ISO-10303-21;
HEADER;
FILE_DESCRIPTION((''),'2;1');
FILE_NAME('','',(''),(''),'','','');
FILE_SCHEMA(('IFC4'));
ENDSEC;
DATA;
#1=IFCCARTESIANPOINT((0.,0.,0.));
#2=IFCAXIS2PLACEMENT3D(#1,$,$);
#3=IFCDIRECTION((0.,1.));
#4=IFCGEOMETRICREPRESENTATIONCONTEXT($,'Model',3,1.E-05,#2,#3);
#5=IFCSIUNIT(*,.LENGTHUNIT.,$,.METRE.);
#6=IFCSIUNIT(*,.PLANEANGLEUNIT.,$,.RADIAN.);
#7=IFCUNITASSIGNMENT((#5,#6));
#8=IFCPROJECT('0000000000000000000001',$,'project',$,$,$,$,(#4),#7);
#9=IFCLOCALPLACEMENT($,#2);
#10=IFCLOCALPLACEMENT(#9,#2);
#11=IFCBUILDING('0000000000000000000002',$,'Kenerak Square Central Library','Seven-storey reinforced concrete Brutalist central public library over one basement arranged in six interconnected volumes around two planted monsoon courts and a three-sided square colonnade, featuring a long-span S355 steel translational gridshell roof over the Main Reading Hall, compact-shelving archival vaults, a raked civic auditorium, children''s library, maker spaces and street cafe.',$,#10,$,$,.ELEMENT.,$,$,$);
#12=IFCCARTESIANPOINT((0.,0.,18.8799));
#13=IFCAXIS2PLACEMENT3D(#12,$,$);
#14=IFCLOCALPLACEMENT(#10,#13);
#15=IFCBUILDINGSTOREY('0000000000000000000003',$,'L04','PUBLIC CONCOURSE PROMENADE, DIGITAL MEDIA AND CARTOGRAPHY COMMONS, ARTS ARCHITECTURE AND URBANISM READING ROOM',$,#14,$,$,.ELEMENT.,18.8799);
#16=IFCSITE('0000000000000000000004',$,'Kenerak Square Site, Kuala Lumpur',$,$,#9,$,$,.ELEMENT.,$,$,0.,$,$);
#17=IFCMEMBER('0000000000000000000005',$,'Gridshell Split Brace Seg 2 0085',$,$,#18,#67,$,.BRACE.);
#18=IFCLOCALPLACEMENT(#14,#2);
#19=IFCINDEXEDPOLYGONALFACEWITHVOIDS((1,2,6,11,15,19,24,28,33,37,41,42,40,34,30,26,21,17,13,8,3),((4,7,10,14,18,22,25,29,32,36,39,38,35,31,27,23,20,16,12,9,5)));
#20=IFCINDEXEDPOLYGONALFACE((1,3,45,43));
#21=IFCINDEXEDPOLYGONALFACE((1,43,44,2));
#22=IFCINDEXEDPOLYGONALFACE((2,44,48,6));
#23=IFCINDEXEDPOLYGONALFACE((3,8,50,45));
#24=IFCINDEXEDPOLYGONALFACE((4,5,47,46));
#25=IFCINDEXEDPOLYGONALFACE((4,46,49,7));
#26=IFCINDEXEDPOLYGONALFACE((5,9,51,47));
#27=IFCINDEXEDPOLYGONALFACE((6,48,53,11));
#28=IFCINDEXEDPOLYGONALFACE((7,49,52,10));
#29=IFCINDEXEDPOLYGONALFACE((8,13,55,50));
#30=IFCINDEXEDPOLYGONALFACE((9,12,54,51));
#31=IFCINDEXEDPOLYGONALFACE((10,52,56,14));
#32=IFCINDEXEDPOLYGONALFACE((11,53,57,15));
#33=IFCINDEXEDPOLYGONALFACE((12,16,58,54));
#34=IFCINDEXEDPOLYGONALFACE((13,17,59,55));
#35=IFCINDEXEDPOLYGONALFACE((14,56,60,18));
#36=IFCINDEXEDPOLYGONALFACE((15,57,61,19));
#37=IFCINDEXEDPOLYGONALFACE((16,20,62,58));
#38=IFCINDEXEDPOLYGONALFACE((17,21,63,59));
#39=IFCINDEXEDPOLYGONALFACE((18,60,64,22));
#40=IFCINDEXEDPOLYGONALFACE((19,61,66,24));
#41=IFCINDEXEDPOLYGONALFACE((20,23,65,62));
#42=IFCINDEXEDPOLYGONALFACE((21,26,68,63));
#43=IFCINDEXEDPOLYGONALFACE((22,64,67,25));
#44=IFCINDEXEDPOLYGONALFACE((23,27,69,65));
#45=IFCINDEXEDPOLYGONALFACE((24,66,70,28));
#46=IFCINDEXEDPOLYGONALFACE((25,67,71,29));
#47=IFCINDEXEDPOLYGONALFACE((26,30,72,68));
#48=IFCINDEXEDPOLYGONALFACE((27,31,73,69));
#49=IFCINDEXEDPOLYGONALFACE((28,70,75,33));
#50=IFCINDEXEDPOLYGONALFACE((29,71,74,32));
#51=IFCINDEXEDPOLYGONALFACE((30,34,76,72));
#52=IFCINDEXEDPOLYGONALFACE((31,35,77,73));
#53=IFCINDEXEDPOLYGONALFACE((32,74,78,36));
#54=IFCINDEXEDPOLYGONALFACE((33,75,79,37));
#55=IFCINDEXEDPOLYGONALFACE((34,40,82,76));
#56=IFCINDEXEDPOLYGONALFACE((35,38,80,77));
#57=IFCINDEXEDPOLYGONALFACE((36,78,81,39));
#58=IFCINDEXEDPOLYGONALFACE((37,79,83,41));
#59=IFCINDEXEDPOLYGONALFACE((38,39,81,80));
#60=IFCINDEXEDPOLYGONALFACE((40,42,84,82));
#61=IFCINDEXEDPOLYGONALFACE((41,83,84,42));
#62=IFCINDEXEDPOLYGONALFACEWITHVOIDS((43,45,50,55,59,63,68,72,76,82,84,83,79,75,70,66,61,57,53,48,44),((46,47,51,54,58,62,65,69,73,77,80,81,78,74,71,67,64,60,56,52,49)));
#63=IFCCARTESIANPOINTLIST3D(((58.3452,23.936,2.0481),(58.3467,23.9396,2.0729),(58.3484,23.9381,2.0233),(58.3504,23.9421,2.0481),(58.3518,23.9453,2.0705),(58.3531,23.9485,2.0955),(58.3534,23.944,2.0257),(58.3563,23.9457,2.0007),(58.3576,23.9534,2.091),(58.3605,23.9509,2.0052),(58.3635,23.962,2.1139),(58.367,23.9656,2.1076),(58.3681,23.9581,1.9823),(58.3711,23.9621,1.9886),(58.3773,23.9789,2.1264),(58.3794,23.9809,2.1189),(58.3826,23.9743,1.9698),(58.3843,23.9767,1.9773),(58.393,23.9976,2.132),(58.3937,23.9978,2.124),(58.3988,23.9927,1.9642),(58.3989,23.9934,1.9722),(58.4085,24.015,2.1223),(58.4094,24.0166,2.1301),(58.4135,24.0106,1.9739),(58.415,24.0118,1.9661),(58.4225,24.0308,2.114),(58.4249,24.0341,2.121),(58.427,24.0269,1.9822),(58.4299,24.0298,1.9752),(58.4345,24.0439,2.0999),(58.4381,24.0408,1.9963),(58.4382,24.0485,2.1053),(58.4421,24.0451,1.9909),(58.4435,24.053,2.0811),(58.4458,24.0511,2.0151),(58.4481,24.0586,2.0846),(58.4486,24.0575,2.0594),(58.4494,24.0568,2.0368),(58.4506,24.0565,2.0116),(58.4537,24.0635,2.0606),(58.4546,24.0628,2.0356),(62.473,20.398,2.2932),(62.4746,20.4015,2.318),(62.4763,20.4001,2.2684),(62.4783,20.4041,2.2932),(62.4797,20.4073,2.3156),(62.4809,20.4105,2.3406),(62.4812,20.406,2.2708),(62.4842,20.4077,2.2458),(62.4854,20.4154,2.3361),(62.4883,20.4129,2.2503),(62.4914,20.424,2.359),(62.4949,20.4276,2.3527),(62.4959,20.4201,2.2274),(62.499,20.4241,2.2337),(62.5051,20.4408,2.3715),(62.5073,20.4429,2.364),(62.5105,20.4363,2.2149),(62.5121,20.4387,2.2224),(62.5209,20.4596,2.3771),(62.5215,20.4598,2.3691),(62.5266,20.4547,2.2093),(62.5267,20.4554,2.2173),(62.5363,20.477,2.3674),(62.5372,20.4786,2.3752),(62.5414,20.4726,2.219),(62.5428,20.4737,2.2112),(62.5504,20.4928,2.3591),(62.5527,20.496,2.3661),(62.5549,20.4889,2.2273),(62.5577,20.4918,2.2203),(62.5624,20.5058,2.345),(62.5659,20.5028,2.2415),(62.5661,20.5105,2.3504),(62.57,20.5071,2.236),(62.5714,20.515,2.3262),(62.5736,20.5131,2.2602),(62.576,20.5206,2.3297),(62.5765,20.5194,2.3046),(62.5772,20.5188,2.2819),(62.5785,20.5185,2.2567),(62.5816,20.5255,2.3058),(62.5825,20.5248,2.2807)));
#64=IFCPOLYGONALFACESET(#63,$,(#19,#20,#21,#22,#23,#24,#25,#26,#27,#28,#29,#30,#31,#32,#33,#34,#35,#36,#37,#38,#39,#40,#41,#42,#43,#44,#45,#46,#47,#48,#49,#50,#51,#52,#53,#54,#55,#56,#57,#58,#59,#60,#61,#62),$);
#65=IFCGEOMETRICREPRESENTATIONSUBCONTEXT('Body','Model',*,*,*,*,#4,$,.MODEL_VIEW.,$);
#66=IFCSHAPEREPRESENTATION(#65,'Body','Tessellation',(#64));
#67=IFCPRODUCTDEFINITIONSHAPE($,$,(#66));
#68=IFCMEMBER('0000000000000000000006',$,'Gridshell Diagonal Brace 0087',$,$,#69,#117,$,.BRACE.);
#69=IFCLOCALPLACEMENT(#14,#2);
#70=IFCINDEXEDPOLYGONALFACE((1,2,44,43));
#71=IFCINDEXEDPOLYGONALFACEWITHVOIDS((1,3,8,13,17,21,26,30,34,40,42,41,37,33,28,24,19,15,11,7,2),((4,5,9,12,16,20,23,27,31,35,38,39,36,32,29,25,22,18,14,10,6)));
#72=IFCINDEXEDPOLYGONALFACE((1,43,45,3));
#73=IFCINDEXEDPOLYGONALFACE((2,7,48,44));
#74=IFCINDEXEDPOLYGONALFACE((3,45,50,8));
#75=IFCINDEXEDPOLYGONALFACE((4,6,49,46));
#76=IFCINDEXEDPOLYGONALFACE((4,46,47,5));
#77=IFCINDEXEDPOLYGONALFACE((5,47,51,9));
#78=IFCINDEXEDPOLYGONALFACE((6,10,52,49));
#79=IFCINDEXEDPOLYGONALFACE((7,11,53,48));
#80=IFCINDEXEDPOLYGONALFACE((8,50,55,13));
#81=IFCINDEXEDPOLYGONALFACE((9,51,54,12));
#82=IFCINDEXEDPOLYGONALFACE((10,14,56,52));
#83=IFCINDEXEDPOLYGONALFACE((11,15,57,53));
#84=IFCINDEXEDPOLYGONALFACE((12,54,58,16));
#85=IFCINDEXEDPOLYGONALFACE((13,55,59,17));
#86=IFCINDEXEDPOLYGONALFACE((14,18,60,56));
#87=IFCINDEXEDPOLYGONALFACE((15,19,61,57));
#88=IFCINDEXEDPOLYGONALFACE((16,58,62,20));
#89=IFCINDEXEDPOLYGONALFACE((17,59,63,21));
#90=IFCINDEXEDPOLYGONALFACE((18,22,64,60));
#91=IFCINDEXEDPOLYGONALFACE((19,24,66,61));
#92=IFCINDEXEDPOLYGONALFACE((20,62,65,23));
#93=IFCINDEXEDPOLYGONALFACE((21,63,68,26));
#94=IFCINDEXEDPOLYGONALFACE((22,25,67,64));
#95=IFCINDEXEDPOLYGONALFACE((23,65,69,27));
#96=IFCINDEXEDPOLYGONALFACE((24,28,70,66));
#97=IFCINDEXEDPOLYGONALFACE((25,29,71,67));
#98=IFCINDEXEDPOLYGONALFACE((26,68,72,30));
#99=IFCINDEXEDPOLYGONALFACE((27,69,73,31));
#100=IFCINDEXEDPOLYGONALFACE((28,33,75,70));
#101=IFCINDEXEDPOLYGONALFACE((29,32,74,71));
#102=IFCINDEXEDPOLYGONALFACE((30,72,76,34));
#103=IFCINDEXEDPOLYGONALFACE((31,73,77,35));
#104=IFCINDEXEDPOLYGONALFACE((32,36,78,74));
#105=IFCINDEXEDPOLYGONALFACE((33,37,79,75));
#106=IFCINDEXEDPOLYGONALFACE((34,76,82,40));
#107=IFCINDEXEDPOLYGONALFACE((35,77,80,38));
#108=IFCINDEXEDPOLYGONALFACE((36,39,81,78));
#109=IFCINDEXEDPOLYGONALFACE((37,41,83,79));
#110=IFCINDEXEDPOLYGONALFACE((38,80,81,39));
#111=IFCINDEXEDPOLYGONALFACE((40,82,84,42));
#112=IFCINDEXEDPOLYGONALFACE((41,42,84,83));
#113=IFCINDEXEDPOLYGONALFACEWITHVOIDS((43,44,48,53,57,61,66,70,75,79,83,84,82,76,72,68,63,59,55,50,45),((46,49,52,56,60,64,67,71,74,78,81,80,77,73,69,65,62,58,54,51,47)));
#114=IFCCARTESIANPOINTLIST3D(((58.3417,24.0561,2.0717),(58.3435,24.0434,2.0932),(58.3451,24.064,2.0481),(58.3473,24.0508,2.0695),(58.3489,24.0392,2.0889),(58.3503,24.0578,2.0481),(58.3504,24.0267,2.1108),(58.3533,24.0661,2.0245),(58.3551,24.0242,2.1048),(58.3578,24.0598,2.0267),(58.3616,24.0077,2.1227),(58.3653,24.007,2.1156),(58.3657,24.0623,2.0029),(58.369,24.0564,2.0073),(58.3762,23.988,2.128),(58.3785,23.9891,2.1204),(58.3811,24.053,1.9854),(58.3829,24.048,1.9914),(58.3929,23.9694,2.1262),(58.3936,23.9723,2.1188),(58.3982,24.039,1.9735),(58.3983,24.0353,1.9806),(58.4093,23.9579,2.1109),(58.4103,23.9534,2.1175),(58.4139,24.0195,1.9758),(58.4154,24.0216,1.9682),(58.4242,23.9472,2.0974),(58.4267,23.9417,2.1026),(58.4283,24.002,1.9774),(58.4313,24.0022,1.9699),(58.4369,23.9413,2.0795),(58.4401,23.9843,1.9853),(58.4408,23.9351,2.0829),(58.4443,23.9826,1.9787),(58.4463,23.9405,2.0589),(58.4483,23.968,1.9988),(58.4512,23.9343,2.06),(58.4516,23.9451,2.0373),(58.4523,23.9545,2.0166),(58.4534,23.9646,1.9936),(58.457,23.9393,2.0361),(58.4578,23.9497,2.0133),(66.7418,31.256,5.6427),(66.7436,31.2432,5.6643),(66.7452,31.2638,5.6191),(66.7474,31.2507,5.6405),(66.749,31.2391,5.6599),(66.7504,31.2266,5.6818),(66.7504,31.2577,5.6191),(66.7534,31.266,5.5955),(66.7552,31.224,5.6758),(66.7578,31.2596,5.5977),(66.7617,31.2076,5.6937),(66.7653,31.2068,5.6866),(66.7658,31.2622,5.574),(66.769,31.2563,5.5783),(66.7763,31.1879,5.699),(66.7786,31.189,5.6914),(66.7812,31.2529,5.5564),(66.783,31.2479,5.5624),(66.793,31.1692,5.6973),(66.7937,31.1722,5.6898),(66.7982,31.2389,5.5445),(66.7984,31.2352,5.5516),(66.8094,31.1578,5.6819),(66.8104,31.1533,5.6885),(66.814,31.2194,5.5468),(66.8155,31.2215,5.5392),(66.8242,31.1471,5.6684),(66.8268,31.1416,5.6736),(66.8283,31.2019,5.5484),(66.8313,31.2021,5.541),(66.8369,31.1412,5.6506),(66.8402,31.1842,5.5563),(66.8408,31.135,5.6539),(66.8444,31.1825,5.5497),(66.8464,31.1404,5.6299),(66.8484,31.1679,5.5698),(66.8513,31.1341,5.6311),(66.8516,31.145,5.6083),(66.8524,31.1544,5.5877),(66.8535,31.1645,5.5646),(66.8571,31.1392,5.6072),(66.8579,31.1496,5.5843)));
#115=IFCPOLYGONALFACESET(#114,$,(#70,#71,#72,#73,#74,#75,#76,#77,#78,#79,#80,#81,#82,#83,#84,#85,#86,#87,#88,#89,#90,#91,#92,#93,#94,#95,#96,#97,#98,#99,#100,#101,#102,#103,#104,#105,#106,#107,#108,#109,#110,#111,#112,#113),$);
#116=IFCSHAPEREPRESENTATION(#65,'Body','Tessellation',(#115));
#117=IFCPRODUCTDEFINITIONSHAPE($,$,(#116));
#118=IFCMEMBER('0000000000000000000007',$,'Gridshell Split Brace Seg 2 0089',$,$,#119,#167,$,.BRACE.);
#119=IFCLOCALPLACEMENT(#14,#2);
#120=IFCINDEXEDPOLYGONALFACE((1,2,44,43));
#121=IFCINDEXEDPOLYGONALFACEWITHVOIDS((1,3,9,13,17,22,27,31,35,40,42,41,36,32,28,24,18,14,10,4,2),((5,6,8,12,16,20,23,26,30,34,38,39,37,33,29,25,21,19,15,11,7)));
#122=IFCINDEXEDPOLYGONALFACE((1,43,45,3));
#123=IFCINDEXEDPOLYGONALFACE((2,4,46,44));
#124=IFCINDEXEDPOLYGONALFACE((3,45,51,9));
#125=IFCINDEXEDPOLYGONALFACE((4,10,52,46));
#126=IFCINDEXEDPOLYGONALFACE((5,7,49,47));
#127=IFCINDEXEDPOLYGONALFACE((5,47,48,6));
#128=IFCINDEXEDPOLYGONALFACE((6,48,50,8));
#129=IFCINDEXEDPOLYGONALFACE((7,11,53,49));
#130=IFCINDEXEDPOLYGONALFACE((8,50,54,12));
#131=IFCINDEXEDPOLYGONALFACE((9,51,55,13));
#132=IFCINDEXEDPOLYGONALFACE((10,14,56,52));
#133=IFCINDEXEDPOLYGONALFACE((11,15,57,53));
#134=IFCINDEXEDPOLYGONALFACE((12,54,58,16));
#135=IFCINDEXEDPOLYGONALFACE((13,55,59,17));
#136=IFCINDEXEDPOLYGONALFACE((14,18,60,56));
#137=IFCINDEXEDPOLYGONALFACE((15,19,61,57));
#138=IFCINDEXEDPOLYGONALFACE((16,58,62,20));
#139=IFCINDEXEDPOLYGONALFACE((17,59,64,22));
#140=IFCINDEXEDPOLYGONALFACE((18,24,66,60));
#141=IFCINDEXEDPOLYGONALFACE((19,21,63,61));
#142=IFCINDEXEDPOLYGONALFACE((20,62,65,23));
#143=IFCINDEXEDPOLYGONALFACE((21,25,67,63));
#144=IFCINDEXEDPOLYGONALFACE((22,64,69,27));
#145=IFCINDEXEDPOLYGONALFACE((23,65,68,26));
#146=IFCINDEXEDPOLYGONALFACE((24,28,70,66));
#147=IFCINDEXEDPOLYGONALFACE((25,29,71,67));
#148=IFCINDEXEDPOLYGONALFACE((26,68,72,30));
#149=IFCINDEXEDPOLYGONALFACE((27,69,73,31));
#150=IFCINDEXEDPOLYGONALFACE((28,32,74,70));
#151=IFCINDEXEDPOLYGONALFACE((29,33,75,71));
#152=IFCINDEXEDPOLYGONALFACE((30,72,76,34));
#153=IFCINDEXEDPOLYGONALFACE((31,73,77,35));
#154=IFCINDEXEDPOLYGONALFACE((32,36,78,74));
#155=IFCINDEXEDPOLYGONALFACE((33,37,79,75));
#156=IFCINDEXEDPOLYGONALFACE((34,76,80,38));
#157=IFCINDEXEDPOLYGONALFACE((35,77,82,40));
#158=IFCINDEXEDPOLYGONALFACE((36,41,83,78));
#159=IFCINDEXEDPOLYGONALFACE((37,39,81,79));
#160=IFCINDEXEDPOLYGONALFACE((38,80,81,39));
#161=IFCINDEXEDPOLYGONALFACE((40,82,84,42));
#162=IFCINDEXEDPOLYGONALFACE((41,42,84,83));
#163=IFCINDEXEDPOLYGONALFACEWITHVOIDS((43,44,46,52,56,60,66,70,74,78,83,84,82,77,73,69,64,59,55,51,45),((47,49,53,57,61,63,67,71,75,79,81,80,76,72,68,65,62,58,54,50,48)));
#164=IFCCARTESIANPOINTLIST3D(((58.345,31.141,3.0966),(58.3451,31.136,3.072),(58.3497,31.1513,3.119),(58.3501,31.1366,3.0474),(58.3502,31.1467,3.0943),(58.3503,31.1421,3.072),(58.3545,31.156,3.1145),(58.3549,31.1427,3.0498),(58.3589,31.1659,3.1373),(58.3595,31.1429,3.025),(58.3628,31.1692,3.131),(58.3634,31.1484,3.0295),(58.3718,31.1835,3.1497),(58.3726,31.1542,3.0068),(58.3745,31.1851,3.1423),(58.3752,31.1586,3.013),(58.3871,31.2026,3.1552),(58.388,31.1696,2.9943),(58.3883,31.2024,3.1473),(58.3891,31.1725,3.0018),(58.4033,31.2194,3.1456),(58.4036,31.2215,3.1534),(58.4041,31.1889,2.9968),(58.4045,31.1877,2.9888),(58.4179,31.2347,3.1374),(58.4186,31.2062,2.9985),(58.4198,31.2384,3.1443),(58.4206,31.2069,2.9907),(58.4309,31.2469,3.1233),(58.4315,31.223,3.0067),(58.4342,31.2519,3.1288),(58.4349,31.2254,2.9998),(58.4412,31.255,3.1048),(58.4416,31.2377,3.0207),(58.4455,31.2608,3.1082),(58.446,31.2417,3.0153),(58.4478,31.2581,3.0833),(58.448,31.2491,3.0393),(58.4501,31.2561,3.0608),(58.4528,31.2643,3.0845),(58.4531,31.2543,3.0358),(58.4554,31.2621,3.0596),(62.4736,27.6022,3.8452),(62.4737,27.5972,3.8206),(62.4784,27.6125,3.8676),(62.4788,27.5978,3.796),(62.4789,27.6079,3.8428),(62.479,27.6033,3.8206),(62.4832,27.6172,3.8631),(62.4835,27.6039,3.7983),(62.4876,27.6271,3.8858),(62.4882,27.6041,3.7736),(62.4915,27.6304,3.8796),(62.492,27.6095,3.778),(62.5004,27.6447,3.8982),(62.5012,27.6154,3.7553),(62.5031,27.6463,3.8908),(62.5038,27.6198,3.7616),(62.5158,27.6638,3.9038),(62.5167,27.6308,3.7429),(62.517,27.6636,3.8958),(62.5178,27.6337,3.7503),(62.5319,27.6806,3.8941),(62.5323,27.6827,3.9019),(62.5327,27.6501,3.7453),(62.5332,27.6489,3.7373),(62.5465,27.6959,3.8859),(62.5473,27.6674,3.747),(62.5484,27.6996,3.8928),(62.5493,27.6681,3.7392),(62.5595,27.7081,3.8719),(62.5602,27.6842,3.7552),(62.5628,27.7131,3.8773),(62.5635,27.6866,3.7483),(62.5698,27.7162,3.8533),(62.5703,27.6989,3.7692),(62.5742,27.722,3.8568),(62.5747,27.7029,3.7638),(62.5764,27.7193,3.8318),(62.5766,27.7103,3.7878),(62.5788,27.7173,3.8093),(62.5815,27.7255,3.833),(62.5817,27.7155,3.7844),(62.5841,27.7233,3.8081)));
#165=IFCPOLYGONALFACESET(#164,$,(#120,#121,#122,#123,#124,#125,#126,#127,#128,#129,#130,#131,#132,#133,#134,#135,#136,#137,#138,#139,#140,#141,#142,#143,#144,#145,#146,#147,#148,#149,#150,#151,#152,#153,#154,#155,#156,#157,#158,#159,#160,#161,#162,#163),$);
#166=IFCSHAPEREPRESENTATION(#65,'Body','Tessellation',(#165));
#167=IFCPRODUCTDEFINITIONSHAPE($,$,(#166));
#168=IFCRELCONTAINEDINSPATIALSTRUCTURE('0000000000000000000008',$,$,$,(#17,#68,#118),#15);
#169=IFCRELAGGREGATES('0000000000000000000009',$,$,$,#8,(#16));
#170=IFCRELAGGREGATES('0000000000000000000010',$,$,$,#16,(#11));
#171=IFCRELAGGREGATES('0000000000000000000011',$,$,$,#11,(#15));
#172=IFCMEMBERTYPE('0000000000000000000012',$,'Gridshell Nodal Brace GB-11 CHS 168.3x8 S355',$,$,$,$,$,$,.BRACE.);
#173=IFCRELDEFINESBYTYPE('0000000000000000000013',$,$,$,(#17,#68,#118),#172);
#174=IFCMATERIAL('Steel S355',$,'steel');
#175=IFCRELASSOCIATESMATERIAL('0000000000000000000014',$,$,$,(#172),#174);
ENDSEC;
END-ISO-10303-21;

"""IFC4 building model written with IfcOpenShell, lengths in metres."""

from ifc_helpers import new_model, si_unit, direction, frame, origin, origin_2d, place, context, subcontext, project, spatial, hollow_circle, extrude, material, material_profile, profile_set, type_object, element, save


model = new_model("IFC4")

# Units and contexts
model_context = context("Model", 3, precision=1e-05, world=origin(), true_north=direction((0.0, 1.0)))
body_context = subcontext(model_context, "Body", "Model", "MODEL_VIEW")
ifc_project = project(units=[si_unit("LENGTHUNIT", "METRE"), si_unit("PLANEANGLEUNIT", "RADIAN")], contexts=[model_context])

# Site, building, storey
site_placement = place(None, origin())
site = spatial("IfcSite", under=ifc_project, at=site_placement, Name="Kenerak Square Site, Kuala Lumpur", CompositionType="ELEMENT", RefElevation=0.0)
building_placement = place(site_placement, origin())
building = spatial("IfcBuilding", under=site, at=building_placement, Name="Kenerak Square Central Library", Description="Seven-storey reinforced concrete Brutalist central public library over one basement arranged in six interconnected volumes around two planted monsoon courts and a three-sided square colonnade, featuring a long-span S355 steel translational gridshell roof over the Main Reading Hall, compact-shelving archival vaults, a raked civic auditorium, children's library, maker spaces and street cafe.", CompositionType="ELEMENT")
storey_placement = place(building_placement, frame((0.0, 0.0, 18.8799)))
storey = spatial("IfcBuildingStorey", under=building, at=storey_placement, Name="L04", Description="PUBLIC CONCOURSE PROMENADE, DIGITAL MEDIA AND CARTOGRAPHY COMMONS, ARTS ARCHITECTURE AND URBANISM READING ROOM", CompositionType="ELEMENT", Elevation=18.8799)

# Members
ifc_material_1 = material(Name="Steel S355", Category="steel")
ifc_material_profile_1 = material_profile(ifc_material_1, hollow_circle(Radius=0.0842, WallThickness=0.0081, at=origin_2d()), Name="CHS 168.3x8.0")
ifc_profile_set_1 = profile_set([ifc_material_profile_1], Name="Steel S355")
member_type_1 = type_object("IfcMemberType", Name="Gridshell Nodal Brace GB-11 CHS 168.3x8 S355", PredefinedType="BRACE", material=ifc_profile_set_1)
member_1_placement = place(storey_placement, frame((62.5278, 20.4619, 2.2932), z_axis=(-0.758499, 0.650116, -0.04504), x_axis=(-0.650777, -0.759269, 0.0)))
element("IfcMember", 1, at=member_1_placement, inside=storey, type_object=member_type_1, Name="Gridshell Split Brace Seg 2 0085", PredefinedType="BRACE", context=body_context, shape_type="SweptSolid", body=[
    extrude(hollow_circle(Radius=0.0842, WallThickness=0.0081, at=origin_2d()), origin(), (0.0, 0.0, 1.0), 5.4421),
])
member_2_placement = place(storey_placement, frame((58.3999, 24.0, 2.0481), z_axis=(0.722557, 0.61932, 0.307171), x_axis=(-0.650782, 0.759264, 0.0)))
element("IfcMember", 2, at=member_2_placement, inside=storey, type_object=member_type_1, Name="Gridshell Diagonal Brace 0087", PredefinedType="BRACE", context=body_context, shape_type="SweptSolid", body=[
    extrude(hollow_circle(Radius=0.0842, WallThickness=0.0081, at=origin_2d()), origin(), (0.0, 0.0, 1.0), 11.6255),
])
member_3_placement = place(storey_placement, frame((62.5286, 27.6611, 3.8206), z_axis=(-0.752167, 0.644708, -0.136369), x_axis=(-0.650788, -0.75926, 0.0)))
element("IfcMember", 3, at=member_3_placement, inside=storey, type_object=member_type_1, Name="Gridshell Split Brace Seg 2 0089", PredefinedType="BRACE", context=body_context, shape_type="SweptSolid", body=[
    extrude(hollow_circle(Radius=0.0842, WallThickness=0.0081, at=origin_2d()), origin(), (0.0, 0.0, 1.0), 5.489),
])

save(model, "model.ifc")
